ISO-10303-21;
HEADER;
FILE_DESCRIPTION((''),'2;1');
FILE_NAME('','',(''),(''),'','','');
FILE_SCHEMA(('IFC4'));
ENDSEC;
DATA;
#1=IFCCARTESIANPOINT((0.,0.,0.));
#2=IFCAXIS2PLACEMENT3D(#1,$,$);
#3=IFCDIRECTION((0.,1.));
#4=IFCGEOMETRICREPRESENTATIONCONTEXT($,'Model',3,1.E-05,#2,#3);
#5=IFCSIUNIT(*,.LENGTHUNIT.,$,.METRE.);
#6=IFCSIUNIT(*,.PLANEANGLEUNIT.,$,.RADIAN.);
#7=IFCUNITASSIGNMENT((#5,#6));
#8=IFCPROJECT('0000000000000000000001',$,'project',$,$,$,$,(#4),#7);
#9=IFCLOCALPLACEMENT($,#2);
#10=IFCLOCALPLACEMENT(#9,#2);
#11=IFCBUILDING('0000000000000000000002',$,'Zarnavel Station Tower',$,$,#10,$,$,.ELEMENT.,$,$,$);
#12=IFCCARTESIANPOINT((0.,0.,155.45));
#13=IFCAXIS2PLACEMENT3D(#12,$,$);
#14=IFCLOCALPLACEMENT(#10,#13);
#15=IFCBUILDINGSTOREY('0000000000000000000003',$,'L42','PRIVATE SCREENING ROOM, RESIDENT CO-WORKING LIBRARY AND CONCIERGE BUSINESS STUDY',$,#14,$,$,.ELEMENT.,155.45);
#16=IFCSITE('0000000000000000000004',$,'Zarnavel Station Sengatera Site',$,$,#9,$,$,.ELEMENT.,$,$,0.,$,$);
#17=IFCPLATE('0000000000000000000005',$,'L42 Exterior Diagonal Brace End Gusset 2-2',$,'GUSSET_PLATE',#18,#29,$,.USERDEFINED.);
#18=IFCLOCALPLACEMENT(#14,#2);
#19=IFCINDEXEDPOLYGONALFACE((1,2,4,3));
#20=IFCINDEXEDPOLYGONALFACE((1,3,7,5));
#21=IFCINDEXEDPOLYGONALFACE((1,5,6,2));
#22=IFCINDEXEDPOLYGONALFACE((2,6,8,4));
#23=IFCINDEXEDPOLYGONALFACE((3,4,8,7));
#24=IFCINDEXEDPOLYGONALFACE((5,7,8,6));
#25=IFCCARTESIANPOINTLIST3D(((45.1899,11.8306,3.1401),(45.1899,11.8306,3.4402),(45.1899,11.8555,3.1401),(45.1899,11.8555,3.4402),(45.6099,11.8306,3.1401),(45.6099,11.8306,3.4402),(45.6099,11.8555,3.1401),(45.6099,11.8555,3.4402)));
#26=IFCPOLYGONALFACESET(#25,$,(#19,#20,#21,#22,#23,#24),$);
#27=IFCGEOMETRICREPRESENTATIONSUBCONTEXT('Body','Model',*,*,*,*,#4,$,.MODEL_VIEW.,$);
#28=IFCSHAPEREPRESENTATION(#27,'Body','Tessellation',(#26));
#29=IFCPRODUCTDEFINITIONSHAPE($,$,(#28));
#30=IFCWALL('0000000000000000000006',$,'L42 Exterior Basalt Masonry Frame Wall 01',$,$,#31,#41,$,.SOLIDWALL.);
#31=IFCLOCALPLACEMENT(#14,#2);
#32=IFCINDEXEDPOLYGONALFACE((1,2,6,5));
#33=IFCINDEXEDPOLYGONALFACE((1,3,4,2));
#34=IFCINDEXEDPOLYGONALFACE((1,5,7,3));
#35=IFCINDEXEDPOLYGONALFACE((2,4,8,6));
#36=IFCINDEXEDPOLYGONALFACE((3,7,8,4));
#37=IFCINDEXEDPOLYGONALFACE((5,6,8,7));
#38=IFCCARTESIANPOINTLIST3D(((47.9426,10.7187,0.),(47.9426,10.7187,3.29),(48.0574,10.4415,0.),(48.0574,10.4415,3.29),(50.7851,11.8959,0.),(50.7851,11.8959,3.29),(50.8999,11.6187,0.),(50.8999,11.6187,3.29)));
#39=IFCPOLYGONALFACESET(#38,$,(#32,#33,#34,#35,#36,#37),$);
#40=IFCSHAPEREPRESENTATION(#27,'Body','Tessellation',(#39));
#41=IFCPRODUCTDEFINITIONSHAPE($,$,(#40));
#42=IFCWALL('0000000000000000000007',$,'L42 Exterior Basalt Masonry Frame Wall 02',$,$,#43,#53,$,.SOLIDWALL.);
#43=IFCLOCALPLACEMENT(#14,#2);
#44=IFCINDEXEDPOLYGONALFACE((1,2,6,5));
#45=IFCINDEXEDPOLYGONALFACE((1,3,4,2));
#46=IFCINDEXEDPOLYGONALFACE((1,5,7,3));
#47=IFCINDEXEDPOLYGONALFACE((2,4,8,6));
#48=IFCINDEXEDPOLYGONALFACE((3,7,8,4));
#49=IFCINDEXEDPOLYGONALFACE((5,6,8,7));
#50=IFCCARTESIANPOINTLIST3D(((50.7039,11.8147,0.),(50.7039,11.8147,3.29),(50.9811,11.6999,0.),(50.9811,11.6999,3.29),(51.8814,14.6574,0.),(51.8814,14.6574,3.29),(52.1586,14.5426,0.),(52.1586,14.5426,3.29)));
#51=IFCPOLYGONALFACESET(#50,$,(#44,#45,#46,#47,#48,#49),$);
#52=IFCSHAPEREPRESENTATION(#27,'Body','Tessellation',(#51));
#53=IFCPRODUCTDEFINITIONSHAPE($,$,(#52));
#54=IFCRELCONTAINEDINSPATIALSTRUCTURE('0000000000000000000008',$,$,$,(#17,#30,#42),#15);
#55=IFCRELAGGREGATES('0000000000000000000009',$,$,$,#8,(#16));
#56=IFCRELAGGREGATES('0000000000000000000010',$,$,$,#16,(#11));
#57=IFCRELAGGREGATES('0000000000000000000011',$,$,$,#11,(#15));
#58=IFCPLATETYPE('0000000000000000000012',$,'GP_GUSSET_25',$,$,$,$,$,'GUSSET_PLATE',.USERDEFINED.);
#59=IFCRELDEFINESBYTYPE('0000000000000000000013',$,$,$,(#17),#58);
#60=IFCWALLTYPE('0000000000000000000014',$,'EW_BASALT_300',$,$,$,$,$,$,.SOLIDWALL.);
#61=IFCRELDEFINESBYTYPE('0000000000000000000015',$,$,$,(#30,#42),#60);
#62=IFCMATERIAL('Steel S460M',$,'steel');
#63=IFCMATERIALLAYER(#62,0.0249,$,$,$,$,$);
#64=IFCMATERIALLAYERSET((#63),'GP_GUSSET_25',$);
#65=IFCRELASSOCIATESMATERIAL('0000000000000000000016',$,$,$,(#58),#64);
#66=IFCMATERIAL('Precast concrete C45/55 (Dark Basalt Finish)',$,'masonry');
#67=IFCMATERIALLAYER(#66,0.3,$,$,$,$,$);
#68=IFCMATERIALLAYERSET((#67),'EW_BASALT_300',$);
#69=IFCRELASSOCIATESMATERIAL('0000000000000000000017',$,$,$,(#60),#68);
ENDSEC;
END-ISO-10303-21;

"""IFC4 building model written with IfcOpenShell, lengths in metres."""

from ifc_helpers import new_model, si_unit, direction, frame, frame_2d, origin, origin_2d, place, context, subcontext, project, spatial, rectangle, extrude, material, layer, layer_set, type_object, element, save


model = new_model("IFC4")

# Units and contexts
model_context = context("Model", 3, precision=1e-05, world=origin(), true_north=direction((0.0, 1.0)))
body_context = subcontext(model_context, "Body", "Model", "MODEL_VIEW")
ifc_project = project(units=[si_unit("LENGTHUNIT", "METRE"), si_unit("PLANEANGLEUNIT", "RADIAN")], contexts=[model_context])

# Site, building, storey
site_placement = place(None, origin())
site = spatial("IfcSite", under=ifc_project, at=site_placement, Name="Zarnavel Station Sengatera Site", CompositionType="ELEMENT", RefElevation=0.0)
building_placement = place(site_placement, origin())
building = spatial("IfcBuilding", under=site, at=building_placement, Name="Zarnavel Station Tower", CompositionType="ELEMENT")
storey_placement = place(building_placement, frame((0.0, 0.0, 155.45)))
storey = spatial("IfcBuildingStorey", under=building, at=storey_placement, Name="L42", Description="PRIVATE SCREENING ROOM, RESIDENT CO-WORKING LIBRARY AND CONCIERGE BUSINESS STUDY", CompositionType="ELEMENT", Elevation=155.45)

# Plate
ifc_material_1 = material(Name="Steel S460M", Category="steel")
ifc_layer_1 = layer(ifc_material_1, 0.0249)
ifc_layer_set_1 = layer_set([ifc_layer_1], Name="GP_GUSSET_25")
plate_type = type_object("IfcPlateType", Name="GP_GUSSET_25", ElementType="GUSSET_PLATE", PredefinedType="USERDEFINED", material=ifc_layer_set_1)
plate_placement = place(storey_placement, frame((45.3999, 11.843, 3.1401), z_axis=(0.0, 0.0, 1.0), x_axis=(1.0, 0.0, 0.0)))
element("IfcPlate", 1, at=plate_placement, inside=storey, type_object=plate_type, Name="L42 Exterior Diagonal Brace End Gusset 2-2", ObjectType="GUSSET_PLATE", PredefinedType="USERDEFINED", context=body_context, shape_type="SweptSolid", body=[
    extrude(rectangle(XDim=0.4199, YDim=0.0249, at=origin_2d()), origin(), (0.0, 0.0, 1.0), 0.3),
])

# Walls
ifc_material_2 = material(Name="Precast concrete C45/55 (Dark Basalt Finish)", Category="masonry")
ifc_layer_2 = layer(ifc_material_2, 0.3)
ifc_layer_set_2 = layer_set([ifc_layer_2], Name="EW_BASALT_300")
wall_type_1 = type_object("IfcWallType", Name="EW_BASALT_300", PredefinedType="SOLIDWALL", material=ifc_layer_set_2)
wall_1_placement = place(storey_placement, frame((50.8425, 11.7573, 0.0), z_axis=(0.0, 0.0, 1.0), x_axis=(-0.923899, -0.382637, 0.0)))
element("IfcWall", 2, at=wall_1_placement, inside=storey, type_object=wall_type_1, Name="L42 Exterior Basalt Masonry Frame Wall 01", PredefinedType="SOLIDWALL", context=body_context, shape_type="SweptSolid", body=[
    extrude(rectangle(XDim=3.0767, YDim=0.3, at=frame_2d((1.5383, 0.0))), origin(), (0.0, 0.0, 1.0), 3.29),
])
wall_2_placement = place(storey_placement, frame((52.02, 14.6001, 0.0), z_axis=(0.0, 0.0, 1.0), x_axis=(-0.382676, -0.923882, 0.0)))
element("IfcWall", 3, at=wall_2_placement, inside=storey, type_object=wall_type_1, Name="L42 Exterior Basalt Masonry Frame Wall 02", PredefinedType="SOLIDWALL", context=body_context, shape_type="SweptSolid", body=[
    extrude(rectangle(XDim=3.0769, YDim=0.3, at=frame_2d((1.5386, 0.0))), origin(), (0.0, 0.0, 1.0), 3.29),
])

save(model, "model.ifc")
